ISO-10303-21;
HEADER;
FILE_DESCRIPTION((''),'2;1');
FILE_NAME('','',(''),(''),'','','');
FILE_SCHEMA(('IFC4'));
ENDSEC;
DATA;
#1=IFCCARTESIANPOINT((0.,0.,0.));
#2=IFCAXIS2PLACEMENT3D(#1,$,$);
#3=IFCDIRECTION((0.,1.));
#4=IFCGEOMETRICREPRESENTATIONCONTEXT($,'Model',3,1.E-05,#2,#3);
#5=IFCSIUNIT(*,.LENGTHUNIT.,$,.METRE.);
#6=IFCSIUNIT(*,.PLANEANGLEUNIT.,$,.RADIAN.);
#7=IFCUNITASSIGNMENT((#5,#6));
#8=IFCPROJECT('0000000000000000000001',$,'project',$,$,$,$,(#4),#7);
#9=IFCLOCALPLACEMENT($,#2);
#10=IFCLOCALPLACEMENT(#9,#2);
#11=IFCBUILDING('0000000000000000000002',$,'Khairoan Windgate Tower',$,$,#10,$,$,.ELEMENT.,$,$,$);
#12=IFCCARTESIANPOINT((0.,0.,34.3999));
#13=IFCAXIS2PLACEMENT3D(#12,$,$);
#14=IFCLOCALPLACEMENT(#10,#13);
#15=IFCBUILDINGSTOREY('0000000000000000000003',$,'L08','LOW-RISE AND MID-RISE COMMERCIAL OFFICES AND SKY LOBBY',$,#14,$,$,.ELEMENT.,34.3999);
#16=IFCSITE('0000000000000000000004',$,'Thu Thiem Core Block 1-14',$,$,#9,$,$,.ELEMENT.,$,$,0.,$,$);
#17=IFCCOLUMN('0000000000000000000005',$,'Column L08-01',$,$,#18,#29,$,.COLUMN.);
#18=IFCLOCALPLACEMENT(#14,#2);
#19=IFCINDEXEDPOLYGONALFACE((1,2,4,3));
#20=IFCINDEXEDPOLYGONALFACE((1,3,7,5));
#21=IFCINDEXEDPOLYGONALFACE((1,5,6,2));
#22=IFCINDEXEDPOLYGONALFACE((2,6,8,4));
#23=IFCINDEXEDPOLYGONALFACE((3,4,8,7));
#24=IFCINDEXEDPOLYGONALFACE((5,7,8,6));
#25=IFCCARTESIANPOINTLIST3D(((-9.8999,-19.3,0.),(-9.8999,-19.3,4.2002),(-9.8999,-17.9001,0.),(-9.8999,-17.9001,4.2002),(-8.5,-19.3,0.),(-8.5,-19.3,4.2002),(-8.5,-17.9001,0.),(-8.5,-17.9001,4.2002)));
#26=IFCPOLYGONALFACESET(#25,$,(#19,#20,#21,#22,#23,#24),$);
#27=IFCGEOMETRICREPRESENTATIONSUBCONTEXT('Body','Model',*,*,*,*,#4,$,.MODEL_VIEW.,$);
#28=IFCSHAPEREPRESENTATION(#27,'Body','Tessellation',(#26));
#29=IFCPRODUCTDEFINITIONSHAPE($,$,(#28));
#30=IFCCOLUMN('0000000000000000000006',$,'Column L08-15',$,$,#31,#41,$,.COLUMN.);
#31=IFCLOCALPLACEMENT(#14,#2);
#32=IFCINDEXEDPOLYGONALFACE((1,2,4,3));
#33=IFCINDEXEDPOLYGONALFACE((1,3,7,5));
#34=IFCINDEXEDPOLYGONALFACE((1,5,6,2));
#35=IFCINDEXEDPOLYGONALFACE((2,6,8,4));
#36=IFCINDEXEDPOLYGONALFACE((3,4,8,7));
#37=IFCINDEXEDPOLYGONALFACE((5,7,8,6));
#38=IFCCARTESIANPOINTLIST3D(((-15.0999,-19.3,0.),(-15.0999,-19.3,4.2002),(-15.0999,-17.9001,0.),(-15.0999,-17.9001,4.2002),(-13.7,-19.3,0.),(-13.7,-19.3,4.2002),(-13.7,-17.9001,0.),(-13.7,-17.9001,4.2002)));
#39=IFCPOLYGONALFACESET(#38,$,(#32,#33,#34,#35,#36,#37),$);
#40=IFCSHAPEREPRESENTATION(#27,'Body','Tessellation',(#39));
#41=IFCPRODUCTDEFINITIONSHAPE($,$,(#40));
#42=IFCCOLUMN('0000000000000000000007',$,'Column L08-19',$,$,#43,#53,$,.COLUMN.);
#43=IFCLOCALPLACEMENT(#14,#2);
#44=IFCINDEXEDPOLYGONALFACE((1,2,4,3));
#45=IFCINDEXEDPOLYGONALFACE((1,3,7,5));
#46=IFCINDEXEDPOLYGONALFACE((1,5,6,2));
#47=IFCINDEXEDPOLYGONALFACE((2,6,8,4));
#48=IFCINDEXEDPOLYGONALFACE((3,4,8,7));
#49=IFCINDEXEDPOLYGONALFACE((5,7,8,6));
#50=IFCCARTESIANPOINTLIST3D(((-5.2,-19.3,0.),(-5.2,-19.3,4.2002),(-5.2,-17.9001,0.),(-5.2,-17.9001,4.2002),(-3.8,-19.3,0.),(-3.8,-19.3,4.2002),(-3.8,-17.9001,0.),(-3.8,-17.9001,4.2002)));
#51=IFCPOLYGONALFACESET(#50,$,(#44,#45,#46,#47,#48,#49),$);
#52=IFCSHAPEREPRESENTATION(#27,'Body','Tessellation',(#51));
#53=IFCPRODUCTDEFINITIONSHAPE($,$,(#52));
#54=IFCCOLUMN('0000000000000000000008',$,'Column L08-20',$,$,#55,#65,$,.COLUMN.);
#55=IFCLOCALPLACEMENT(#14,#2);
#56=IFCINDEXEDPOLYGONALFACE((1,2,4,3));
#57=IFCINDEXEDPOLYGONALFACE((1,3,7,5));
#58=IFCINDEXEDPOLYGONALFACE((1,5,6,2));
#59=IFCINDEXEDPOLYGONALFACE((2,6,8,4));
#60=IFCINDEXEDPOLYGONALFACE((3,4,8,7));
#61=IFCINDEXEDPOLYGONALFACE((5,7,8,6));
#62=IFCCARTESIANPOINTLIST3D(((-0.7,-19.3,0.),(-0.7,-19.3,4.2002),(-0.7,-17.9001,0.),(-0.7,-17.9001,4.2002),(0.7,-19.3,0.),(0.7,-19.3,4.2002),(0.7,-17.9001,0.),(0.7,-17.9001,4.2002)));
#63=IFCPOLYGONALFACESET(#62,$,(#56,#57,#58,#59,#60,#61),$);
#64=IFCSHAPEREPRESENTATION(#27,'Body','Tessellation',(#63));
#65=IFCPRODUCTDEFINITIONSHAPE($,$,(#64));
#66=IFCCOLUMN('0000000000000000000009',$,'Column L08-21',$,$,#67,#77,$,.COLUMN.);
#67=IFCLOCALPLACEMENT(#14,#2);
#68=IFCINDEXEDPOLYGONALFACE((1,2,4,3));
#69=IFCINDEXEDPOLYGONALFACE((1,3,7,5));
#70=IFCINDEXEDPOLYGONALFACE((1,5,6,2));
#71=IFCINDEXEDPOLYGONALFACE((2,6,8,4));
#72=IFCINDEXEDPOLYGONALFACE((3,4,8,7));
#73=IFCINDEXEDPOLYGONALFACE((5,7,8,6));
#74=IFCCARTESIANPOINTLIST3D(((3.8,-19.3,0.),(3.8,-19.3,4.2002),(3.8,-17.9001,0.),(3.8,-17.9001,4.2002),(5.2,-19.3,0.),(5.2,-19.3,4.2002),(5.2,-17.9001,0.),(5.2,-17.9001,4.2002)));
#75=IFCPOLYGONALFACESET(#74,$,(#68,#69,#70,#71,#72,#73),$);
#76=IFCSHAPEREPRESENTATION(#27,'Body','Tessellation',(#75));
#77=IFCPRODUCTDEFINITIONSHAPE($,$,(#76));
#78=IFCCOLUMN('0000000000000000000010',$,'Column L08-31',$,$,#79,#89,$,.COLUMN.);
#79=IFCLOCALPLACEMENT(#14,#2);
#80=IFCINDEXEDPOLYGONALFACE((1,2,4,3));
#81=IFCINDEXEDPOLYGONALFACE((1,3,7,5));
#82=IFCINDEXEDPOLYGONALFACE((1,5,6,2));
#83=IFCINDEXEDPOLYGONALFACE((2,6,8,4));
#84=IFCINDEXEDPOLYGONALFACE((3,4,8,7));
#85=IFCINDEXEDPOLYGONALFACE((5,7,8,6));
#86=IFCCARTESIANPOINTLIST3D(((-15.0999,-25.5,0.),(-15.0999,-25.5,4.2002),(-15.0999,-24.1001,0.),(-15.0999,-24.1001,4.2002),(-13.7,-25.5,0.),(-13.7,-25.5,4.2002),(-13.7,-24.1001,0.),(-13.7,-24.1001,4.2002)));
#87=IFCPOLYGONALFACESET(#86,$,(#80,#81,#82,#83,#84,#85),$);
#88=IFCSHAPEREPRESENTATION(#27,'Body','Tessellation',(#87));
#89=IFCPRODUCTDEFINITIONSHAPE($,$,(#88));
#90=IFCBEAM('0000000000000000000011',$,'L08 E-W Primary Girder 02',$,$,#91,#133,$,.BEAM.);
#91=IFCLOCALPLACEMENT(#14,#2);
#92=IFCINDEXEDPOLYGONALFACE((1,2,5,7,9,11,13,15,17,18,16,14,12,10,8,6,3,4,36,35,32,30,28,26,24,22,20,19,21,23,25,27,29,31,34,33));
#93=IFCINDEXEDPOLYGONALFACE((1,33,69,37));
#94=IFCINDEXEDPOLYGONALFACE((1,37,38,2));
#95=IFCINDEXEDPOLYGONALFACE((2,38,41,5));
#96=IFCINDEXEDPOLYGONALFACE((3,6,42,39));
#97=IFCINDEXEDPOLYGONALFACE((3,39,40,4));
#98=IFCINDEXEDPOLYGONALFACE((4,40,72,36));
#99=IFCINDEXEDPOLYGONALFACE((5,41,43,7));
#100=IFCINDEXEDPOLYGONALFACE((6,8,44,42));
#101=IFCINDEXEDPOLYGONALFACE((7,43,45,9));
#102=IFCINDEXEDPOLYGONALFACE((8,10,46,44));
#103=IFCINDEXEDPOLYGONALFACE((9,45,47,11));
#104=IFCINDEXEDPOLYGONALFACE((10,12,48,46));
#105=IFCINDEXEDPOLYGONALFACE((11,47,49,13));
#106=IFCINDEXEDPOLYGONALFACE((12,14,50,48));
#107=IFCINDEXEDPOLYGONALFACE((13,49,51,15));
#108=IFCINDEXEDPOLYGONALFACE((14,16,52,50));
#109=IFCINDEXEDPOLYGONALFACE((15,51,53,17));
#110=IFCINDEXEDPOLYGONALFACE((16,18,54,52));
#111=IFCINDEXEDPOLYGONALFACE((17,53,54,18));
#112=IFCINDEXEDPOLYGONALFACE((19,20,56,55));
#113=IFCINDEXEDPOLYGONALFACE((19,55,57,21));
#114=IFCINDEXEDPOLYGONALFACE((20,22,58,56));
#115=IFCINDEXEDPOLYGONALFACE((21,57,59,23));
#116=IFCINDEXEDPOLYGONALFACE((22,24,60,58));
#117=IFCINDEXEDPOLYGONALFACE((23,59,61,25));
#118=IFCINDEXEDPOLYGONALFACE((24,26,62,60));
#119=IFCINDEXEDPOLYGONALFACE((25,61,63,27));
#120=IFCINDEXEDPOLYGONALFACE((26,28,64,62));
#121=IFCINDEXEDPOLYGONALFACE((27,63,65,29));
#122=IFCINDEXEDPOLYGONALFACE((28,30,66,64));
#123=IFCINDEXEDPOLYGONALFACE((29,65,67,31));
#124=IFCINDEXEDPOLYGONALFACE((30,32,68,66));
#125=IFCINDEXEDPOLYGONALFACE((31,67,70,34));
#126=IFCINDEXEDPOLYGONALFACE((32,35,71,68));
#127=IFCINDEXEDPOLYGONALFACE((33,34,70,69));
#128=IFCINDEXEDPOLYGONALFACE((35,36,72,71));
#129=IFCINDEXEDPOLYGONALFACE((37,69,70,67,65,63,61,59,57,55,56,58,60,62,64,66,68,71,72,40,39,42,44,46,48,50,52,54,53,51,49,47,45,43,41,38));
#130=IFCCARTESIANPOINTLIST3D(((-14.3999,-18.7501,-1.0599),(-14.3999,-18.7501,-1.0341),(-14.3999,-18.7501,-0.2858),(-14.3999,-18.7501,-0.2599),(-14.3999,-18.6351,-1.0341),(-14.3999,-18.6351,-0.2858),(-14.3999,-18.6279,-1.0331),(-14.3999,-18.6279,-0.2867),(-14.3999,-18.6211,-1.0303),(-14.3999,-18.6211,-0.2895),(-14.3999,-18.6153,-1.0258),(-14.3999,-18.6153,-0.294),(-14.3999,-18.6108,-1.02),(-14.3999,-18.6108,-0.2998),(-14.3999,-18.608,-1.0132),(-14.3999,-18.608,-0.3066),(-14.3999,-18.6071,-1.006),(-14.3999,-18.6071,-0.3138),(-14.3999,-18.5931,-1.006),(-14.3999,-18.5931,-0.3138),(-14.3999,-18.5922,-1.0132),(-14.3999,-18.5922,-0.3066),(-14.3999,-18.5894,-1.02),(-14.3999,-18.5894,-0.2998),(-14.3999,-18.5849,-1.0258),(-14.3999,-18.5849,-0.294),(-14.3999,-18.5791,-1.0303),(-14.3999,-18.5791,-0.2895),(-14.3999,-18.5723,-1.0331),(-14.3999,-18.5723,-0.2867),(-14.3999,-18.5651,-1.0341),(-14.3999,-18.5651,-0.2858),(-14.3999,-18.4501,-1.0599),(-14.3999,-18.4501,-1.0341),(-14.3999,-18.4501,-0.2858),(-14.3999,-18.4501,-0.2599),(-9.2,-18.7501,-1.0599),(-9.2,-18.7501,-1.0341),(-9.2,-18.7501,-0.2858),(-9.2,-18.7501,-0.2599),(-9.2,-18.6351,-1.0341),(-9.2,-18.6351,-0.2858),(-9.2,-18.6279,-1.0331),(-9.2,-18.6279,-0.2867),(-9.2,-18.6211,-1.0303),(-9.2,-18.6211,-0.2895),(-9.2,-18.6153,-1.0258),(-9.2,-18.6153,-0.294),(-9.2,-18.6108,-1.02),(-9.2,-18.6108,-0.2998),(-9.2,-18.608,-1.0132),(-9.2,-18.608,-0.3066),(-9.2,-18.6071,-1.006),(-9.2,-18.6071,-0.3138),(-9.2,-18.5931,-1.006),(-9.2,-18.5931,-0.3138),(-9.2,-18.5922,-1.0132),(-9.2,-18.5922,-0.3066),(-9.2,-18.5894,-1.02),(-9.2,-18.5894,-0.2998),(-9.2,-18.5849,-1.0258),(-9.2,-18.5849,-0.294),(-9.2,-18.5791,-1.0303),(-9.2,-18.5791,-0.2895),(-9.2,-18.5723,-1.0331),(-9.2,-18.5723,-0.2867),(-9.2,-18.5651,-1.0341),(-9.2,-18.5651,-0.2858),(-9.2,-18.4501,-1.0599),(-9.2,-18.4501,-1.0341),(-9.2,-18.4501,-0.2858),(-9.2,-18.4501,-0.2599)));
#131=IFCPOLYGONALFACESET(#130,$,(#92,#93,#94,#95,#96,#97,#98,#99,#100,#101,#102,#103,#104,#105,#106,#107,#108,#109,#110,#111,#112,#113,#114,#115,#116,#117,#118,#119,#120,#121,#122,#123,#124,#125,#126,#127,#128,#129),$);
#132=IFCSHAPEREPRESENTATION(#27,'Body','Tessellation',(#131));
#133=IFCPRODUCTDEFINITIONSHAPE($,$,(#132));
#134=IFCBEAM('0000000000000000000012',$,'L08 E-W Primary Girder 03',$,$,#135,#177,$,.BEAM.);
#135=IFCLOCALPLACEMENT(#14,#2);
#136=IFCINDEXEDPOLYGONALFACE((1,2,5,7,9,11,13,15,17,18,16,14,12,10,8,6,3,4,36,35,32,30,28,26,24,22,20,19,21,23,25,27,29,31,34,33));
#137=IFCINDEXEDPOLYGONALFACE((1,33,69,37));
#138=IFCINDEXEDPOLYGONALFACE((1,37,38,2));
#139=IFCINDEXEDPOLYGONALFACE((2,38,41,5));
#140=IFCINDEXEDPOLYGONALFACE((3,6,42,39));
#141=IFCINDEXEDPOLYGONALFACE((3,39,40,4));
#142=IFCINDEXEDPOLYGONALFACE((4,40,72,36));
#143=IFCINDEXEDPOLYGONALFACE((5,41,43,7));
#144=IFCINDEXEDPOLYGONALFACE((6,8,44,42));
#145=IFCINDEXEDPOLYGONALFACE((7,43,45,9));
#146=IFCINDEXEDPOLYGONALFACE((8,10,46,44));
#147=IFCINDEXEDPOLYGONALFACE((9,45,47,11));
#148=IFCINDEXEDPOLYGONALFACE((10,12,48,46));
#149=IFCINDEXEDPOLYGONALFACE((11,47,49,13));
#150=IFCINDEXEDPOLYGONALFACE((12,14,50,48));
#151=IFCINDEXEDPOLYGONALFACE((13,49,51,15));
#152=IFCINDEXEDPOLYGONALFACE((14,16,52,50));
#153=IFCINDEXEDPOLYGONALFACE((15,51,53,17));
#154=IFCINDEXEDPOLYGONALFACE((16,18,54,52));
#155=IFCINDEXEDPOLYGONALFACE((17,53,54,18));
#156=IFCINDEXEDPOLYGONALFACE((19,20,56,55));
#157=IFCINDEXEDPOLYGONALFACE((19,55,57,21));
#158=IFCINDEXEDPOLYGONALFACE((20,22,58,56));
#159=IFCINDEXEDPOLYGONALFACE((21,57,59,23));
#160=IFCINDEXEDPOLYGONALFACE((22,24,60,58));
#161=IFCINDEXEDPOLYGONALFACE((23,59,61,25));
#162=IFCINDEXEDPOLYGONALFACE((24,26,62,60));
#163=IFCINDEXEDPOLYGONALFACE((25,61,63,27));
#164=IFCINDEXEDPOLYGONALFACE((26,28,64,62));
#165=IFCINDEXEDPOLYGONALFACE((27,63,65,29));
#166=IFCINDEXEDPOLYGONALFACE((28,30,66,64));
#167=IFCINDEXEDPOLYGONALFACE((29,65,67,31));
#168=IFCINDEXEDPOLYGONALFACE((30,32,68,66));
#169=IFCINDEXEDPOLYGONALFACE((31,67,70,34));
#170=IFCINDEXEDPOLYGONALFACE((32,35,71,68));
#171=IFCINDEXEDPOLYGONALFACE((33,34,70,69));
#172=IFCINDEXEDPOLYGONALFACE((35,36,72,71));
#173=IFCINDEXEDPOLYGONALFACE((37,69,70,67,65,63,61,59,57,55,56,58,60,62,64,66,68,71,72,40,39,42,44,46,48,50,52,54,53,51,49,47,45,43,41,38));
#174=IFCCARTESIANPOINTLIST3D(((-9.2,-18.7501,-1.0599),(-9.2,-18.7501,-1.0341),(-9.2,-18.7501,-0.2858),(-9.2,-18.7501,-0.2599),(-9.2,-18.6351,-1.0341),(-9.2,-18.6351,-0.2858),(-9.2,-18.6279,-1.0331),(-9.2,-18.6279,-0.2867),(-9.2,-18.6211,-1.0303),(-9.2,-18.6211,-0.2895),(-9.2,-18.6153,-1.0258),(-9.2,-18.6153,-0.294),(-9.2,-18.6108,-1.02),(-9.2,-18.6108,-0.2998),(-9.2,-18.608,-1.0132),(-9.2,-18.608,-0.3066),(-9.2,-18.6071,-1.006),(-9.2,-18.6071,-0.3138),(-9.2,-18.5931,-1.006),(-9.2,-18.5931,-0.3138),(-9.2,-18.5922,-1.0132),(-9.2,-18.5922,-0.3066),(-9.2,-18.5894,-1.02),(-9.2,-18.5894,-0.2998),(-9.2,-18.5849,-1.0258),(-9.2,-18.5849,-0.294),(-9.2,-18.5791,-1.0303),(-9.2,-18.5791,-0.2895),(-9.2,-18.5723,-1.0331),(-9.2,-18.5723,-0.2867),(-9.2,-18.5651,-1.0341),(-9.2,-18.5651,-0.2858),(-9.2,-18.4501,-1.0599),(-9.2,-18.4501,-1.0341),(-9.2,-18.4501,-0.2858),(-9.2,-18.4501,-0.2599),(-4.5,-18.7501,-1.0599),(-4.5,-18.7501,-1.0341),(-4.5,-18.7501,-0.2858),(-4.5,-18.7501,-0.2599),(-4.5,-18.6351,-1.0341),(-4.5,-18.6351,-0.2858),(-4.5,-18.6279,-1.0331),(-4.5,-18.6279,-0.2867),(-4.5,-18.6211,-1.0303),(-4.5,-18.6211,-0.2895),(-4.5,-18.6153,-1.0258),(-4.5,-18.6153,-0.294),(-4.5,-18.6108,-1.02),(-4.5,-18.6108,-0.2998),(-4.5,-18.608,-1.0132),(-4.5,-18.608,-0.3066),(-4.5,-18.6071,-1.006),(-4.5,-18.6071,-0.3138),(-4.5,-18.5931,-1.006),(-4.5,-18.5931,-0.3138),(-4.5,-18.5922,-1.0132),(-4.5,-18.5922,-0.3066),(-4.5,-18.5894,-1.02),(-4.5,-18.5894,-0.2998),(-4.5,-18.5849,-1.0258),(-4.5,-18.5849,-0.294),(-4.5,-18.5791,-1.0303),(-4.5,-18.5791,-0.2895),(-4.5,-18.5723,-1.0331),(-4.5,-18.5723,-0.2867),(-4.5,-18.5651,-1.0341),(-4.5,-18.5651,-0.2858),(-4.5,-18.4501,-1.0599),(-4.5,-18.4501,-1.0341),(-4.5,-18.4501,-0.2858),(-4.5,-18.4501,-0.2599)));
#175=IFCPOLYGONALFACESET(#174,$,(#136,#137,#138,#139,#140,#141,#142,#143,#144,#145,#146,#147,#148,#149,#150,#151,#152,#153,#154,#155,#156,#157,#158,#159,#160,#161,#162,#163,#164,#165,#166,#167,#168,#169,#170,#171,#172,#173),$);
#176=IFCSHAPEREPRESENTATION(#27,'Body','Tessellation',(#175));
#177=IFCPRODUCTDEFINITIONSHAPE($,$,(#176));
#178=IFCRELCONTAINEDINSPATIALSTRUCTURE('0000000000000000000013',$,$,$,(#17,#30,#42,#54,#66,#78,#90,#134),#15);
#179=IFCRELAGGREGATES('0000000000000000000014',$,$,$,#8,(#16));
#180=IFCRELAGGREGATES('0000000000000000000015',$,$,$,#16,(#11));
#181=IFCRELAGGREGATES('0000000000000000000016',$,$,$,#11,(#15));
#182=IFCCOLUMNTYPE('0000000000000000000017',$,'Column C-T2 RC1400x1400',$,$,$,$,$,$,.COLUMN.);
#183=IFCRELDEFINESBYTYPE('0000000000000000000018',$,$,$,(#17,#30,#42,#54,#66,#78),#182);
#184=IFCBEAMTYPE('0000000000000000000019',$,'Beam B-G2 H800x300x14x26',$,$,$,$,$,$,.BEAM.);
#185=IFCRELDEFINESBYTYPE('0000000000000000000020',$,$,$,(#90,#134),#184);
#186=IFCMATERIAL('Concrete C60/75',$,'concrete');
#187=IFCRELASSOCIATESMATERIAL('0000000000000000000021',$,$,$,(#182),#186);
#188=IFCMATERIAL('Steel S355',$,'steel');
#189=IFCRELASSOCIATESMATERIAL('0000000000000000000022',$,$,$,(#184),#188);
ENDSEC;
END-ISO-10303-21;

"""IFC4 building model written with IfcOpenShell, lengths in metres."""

from ifc_helpers import new_model, si_unit, direction, frame, origin, origin_2d, place, context, subcontext, project, spatial, rectangle, i_section, extrude, material, material_profile, profile_set, type_object, element, save


model = new_model("IFC4")

# Units and contexts
model_context = context("Model", 3, precision=1e-05, world=origin(), true_north=direction((0.0, 1.0)))
body_context = subcontext(model_context, "Body", "Model", "MODEL_VIEW")
ifc_project = project(units=[si_unit("LENGTHUNIT", "METRE"), si_unit("PLANEANGLEUNIT", "RADIAN")], contexts=[model_context])

# Site, building, storey
site_placement = place(None, origin())
site = spatial("IfcSite", under=ifc_project, at=site_placement, Name="Thu Thiem Core Block 1-14", CompositionType="ELEMENT", RefElevation=0.0)
building_placement = place(site_placement, origin())
building = spatial("IfcBuilding", under=site, at=building_placement, Name="Khairoan Windgate Tower", CompositionType="ELEMENT")
storey_placement = place(building_placement, frame((0.0, 0.0, 34.3999)))
storey = spatial("IfcBuildingStorey", under=building, at=storey_placement, Name="L08", Description="LOW-RISE AND MID-RISE COMMERCIAL OFFICES AND SKY LOBBY", CompositionType="ELEMENT", Elevation=34.3999)

# Columns
ifc_material_1 = material(Name="Concrete C60/75", Category="concrete")
ifc_material_profile_1 = material_profile(ifc_material_1, rectangle(XDim=1.3999, YDim=1.3999, at=origin_2d()))
ifc_profile_set_1 = profile_set([ifc_material_profile_1], Name="Concrete C60/75")
column_type = type_object("IfcColumnType", Name="Column C-T2 RC1400x1400", PredefinedType="COLUMN", material=ifc_profile_set_1)
for number, where, z_axis, x_axis, name in (
    (1, (-9.2, -18.6001, 0.0), (0.0, 0.0, 1.0), (1.0, 0.0, 0.0), "Column L08-01"),
    (2, (-14.3999, -18.6001, 0.0), (0.0, 0.0, 1.0), (1.0, 0.0, 0.0), "Column L08-15"),
    (3, (-4.5, -18.6001, 0.0), (0.0, 0.0, 1.0), (1.0, 0.0, 0.0), "Column L08-19"),
    (4, (0.0, -18.6001, 0.0), (0.0, 0.0, 1.0), (1.0, 0.0, 0.0), "Column L08-20"),
    (5, (4.5, -18.6001, 0.0), (0.0, 0.0, 1.0), (1.0, 0.0, 0.0), "Column L08-21"),
    (6, (-14.3999, -24.8, 0.0), (0.0, 0.0, 1.0), (1.0, 0.0, 0.0), "Column L08-31"),
):
    element("IfcColumn", number, at=place(storey_placement, frame(where, z_axis=z_axis, x_axis=x_axis)), inside=storey, type_object=column_type, Name=name, PredefinedType="COLUMN", context=body_context, shape_type="SweptSolid", body=[
        extrude(rectangle(XDim=1.3999, YDim=1.3999, at=origin_2d()), origin(), (0.0, 0.0, 1.0), 4.2002),
    ])

# Beams
ifc_material_2 = material(Name="Steel S355", Category="steel")
ifc_material_profile_2 = material_profile(ifc_material_2, i_section(OverallWidth=0.3, OverallDepth=0.8, WebThickness=0.0139, FlangeThickness=0.0259, FilletRadius=0.0281, at=origin_2d()))
ifc_profile_set_2 = profile_set([ifc_material_profile_2], Name="Steel S355")
beam_type = type_object("IfcBeamType", Name="Beam B-G2 H800x300x14x26", PredefinedType="BEAM", material=ifc_profile_set_2)
beam_1_placement = place(storey_placement, frame((-14.3999, -18.6001, -0.6599), z_axis=(1.0, 0.0, 0.0), x_axis=(0.0, 1.0, 0.0)))
element("IfcBeam", 7, at=beam_1_placement, inside=storey, type_object=beam_type, Name="L08 E-W Primary Girder 02", PredefinedType="BEAM", context=body_context, shape_type="SweptSolid", body=[
    extrude(i_section(OverallWidth=0.3, OverallDepth=0.8, WebThickness=0.0139, FlangeThickness=0.0259, FilletRadius=0.0281, at=origin_2d()), origin(), (0.0, 0.0, 1.0), 5.2),
])
beam_2_placement = place(storey_placement, frame((-9.2, -18.6001, -0.6599), z_axis=(1.0, 0.0, 0.0), x_axis=(0.0, 1.0, 0.0)))
element("IfcBeam", 8, at=beam_2_placement, inside=storey, type_object=beam_type, Name="L08 E-W Primary Girder 03", PredefinedType="BEAM", context=body_context, shape_type="SweptSolid", body=[
    extrude(i_section(OverallWidth=0.3, OverallDepth=0.8, WebThickness=0.0139, FlangeThickness=0.0259, FilletRadius=0.0281, at=origin_2d()), origin(), (0.0, 0.0, 1.0), 4.7),
])

save(model, "model.ifc")
